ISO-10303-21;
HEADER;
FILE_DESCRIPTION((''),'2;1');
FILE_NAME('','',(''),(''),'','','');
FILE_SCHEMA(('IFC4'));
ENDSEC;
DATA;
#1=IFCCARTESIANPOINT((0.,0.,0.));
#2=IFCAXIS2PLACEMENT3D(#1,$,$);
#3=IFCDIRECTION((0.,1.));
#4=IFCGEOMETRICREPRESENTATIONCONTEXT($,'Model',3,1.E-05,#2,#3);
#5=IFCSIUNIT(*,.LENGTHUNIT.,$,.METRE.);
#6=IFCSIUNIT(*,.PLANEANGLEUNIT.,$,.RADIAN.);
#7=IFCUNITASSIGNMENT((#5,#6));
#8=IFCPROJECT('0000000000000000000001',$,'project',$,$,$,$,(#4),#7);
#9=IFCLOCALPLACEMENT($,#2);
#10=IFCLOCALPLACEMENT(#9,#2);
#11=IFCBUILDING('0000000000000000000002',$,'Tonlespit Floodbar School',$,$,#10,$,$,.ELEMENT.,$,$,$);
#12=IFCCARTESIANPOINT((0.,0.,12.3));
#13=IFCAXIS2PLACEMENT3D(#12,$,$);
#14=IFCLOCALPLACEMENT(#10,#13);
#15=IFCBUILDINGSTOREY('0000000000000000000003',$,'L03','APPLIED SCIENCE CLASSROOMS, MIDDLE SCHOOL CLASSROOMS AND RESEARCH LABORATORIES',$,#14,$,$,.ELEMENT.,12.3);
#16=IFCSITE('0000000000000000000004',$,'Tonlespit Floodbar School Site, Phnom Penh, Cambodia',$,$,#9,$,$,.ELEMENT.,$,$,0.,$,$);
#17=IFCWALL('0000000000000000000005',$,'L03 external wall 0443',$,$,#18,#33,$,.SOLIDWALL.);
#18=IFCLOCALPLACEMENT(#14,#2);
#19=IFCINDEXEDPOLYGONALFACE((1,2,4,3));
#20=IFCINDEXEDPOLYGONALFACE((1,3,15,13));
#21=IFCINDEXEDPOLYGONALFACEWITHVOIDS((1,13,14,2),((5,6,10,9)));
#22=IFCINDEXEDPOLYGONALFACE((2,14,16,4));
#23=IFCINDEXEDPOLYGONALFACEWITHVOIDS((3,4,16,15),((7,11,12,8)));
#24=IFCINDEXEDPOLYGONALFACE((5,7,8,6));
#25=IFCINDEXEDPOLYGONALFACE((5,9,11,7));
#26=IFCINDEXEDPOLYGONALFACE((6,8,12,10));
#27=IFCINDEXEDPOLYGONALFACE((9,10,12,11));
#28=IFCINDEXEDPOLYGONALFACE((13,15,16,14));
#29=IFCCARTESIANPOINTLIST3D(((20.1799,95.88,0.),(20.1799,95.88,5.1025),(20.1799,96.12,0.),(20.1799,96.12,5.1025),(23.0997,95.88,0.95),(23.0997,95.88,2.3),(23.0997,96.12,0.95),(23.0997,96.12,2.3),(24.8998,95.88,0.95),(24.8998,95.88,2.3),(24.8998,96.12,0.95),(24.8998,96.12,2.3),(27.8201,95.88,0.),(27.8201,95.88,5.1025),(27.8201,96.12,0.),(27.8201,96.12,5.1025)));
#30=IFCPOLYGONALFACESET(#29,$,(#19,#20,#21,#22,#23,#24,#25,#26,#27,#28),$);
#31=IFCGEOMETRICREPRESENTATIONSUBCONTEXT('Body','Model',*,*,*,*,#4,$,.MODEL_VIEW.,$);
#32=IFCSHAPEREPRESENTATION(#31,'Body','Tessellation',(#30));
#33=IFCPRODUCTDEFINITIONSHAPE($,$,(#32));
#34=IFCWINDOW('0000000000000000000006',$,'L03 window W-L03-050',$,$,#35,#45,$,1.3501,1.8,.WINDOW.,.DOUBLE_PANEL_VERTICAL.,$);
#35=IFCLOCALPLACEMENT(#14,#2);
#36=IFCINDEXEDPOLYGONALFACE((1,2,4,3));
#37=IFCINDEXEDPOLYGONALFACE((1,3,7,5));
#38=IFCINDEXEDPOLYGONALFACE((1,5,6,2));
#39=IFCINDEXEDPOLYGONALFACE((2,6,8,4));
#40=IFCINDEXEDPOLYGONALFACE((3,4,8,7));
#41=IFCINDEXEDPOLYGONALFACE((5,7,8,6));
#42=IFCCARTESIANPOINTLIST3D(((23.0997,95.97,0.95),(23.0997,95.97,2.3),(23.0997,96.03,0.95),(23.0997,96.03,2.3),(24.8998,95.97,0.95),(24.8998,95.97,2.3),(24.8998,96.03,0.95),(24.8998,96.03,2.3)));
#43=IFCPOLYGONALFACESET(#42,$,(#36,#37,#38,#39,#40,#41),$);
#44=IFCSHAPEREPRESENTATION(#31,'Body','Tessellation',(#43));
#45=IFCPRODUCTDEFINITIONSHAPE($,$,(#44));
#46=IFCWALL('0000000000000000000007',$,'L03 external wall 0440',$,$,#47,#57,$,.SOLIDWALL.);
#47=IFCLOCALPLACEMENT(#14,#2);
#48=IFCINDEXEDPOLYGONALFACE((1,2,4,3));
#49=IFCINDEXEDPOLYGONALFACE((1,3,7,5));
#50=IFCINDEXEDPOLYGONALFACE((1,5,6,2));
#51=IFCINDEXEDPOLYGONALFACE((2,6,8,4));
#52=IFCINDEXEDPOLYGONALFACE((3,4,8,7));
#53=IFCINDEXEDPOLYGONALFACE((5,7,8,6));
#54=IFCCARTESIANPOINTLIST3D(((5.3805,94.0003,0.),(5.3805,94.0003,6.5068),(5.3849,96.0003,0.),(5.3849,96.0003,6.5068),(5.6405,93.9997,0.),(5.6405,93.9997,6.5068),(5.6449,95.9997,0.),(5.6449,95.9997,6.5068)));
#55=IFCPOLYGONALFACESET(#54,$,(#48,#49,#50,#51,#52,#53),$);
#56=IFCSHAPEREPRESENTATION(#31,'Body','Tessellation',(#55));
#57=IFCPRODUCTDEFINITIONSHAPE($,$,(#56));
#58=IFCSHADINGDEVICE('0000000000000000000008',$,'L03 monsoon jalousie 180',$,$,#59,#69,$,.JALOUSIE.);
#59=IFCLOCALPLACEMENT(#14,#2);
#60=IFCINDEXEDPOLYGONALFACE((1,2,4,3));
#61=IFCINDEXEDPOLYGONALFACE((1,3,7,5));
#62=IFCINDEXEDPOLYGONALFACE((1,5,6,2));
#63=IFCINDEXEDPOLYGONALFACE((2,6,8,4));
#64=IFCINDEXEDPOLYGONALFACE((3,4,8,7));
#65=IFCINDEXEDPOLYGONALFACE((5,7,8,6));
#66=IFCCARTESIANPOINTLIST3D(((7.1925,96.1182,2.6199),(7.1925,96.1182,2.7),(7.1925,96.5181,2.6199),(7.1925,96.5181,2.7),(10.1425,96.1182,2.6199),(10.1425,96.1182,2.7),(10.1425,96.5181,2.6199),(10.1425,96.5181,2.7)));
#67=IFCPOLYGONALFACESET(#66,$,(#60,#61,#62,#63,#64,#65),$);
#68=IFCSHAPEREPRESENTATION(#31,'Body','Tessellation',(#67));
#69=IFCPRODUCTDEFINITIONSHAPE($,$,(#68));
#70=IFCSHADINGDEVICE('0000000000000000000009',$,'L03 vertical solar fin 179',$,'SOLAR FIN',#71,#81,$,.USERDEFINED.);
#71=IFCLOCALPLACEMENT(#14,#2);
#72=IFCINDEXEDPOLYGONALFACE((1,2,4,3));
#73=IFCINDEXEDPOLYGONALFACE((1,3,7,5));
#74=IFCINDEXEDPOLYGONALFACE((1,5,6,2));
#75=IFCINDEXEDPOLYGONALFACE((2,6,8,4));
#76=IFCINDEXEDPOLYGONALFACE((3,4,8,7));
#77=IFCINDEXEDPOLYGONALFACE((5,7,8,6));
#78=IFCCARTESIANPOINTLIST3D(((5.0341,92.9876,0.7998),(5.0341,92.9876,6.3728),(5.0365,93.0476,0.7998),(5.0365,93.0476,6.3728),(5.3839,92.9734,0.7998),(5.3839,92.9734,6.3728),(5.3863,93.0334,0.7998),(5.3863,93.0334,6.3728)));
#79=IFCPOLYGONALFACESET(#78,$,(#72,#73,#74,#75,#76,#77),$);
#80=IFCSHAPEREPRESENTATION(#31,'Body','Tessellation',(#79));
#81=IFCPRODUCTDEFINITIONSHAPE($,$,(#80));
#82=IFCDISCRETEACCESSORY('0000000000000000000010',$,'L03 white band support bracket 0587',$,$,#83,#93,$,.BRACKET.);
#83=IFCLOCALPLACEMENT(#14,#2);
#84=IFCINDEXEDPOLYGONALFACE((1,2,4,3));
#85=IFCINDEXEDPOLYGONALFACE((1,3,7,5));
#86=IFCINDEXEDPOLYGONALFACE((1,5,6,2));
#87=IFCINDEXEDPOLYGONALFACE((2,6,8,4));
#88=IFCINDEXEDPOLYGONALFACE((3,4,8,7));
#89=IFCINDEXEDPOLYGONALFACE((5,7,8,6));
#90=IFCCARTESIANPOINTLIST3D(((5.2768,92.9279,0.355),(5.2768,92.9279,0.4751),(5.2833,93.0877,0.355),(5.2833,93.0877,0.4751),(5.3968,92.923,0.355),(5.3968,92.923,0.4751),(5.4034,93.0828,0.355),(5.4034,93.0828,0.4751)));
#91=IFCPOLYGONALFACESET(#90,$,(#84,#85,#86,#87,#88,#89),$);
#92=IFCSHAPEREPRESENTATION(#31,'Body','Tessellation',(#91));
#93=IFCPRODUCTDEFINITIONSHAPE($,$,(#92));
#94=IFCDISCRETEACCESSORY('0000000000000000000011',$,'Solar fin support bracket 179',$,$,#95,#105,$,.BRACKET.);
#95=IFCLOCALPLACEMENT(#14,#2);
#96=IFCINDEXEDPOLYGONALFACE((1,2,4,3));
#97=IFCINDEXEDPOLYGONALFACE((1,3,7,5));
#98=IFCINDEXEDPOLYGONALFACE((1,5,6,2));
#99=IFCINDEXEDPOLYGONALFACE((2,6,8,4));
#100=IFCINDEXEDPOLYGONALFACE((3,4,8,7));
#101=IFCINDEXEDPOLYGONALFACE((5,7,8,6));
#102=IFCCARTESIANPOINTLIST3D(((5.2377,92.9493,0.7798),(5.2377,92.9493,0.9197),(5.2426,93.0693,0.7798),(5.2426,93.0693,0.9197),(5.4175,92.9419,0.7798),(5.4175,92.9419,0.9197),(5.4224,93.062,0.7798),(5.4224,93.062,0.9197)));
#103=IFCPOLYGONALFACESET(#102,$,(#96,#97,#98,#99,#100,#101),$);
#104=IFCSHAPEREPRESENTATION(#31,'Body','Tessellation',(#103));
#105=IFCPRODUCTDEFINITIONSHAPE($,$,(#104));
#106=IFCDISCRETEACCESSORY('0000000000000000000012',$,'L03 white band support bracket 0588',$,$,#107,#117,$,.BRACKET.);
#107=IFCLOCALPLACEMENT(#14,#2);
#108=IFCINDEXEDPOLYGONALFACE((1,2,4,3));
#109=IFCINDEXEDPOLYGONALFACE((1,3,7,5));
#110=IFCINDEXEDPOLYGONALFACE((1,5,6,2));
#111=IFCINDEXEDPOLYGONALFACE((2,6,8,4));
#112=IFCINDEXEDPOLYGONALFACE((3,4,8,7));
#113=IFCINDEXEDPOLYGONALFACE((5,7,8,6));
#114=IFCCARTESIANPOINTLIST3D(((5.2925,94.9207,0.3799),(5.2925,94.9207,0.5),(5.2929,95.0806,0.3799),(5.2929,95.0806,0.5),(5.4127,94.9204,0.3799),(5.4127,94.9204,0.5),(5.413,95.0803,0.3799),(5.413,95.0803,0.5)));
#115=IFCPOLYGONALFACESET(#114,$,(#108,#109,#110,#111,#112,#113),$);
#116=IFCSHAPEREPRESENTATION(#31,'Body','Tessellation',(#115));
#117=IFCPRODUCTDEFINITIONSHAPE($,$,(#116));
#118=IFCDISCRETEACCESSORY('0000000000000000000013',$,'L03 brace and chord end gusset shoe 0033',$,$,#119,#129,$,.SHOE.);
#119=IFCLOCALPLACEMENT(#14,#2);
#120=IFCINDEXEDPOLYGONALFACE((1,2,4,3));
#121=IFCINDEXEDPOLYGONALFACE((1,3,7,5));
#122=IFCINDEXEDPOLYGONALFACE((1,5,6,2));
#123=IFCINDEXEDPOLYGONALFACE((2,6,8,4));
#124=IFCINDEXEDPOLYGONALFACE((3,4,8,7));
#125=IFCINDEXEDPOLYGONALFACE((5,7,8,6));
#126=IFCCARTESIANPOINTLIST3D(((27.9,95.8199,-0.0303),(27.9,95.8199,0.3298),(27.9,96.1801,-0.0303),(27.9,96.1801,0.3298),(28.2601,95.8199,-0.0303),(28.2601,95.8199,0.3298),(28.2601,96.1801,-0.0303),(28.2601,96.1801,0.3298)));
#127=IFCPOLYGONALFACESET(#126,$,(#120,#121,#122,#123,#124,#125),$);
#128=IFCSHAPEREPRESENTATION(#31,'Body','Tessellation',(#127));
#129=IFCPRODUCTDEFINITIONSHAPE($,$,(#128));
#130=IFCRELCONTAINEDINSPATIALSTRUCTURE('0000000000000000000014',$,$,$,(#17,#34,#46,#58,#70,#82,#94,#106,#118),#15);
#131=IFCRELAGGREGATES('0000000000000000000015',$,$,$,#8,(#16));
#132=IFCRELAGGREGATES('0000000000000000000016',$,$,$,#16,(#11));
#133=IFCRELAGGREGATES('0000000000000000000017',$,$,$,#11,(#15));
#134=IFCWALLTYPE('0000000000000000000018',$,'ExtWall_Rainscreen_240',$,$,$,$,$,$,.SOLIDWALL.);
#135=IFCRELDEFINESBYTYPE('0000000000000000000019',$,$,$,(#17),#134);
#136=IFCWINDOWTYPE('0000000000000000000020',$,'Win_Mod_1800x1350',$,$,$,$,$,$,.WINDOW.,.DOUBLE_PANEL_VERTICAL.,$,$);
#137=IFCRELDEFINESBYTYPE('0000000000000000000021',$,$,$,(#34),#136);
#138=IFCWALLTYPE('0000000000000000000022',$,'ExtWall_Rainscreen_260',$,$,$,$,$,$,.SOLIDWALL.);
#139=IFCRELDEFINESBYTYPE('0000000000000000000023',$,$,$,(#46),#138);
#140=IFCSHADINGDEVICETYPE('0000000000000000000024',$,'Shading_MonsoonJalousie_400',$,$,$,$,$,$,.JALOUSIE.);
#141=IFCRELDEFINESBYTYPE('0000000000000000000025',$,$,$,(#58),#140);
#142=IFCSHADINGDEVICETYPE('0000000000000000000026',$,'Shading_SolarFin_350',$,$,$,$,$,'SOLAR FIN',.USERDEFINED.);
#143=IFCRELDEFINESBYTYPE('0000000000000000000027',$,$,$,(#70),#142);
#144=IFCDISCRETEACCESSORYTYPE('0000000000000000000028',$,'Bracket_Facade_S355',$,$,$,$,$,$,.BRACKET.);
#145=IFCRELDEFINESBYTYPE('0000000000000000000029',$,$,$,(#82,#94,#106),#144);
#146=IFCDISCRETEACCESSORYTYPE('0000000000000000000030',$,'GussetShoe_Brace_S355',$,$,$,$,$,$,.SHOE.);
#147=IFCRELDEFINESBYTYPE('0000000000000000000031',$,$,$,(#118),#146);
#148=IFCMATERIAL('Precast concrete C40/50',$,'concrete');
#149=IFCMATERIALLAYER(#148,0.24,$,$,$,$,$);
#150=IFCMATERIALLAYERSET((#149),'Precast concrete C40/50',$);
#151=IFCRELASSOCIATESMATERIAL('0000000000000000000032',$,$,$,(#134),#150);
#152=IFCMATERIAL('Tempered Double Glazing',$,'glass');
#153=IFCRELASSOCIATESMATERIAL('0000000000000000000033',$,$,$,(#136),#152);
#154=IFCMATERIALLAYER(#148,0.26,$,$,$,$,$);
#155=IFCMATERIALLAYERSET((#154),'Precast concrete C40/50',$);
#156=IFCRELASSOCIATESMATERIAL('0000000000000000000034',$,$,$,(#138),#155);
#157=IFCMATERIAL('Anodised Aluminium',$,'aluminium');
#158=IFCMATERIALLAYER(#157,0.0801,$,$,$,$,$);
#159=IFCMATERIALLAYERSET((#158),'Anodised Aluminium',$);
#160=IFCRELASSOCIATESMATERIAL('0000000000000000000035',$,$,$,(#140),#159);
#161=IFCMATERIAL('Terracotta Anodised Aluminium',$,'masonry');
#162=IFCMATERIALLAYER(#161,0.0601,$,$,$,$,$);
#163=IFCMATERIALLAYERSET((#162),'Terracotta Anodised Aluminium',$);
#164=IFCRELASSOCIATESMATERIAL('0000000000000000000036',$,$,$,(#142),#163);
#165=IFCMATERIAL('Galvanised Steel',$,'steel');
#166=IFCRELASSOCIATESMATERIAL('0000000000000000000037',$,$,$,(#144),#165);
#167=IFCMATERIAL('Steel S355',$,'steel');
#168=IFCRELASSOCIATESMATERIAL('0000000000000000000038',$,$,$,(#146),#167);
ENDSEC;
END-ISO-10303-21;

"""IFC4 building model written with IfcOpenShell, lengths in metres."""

from ifc_helpers import new_model, si_unit, direction, frame, frame_2d, origin, origin_2d, place, context, subcontext, project, spatial, rectangle, extrude, material, layer, layer_set, type_object, element, fill, save


model = new_model("IFC4")

# Units and contexts
model_context = context("Model", 3, precision=1e-05, world=origin(), true_north=direction((0.0, 1.0)))
body_context = subcontext(model_context, "Body", "Model", "MODEL_VIEW")
ifc_project = project(units=[si_unit("LENGTHUNIT", "METRE"), si_unit("PLANEANGLEUNIT", "RADIAN")], contexts=[model_context])

# Site, building, storey
site_placement = place(None, origin())
site = spatial("IfcSite", under=ifc_project, at=site_placement, Name="Tonlespit Floodbar School Site, Phnom Penh, Cambodia", CompositionType="ELEMENT", RefElevation=0.0)
building_placement = place(site_placement, origin())
building = spatial("IfcBuilding", under=site, at=building_placement, Name="Tonlespit Floodbar School", CompositionType="ELEMENT")
storey_placement = place(building_placement, frame((0.0, 0.0, 12.3)))
storey = spatial("IfcBuildingStorey", under=building, at=storey_placement, Name="L03", Description="APPLIED SCIENCE CLASSROOMS, MIDDLE SCHOOL CLASSROOMS AND RESEARCH LABORATORIES", CompositionType="ELEMENT", Elevation=12.3)

# Shared definitions
ifc_material_1 = material(Name="Steel S355", Category="steel")

# Shared definitions
ifc_material_2 = material(Name="Anodised Aluminium", Category="aluminium")

# Shared definitions
ifc_material_3 = material(Name="Terracotta Anodised Aluminium", Category="masonry")

# Wall, opening, window
ifc_material_4 = material(Name="Precast concrete C40/50", Category="concrete")
ifc_layer_1 = layer(ifc_material_4, 0.24)
ifc_layer_set_1 = layer_set([ifc_layer_1], Name="Precast concrete C40/50")
wall_type_1 = type_object("IfcWallType", Name="ExtWall_Rainscreen_240", PredefinedType="SOLIDWALL", material=ifc_layer_set_1)
ifc_material_5 = material(Name="Tempered Double Glazing", Category="glass")
wall_1_placement = place(storey_placement, frame((20.1799, 96.0, 0.0), z_axis=(0.0, 0.0, 1.0), x_axis=(1.0, 0.0, 0.0)))
wall_1 = element("IfcWall", 1, at=wall_1_placement, inside=storey, type_object=wall_type_1, Name="L03 external wall 0443", PredefinedType="SOLIDWALL", context=body_context, shape_type="SweptSolid", body=[
    extrude(rectangle(XDim=7.6401, YDim=0.24, at=frame_2d((3.8201, 0.0))), origin(), (0.0, 0.0, 1.0), 5.1025),
])
opening_1_placement = place(wall_1_placement, frame((2.9199, 0.0, 0.95)))
opening_1 = element("IfcOpeningElement", 2, at=opening_1_placement, cuts=wall_1, PredefinedType="OPENING", context=body_context, shape_type="SweptSolid", body=[
    extrude(rectangle(XDim=1.8, YDim=1.3501, at=frame_2d((0.8999, 0.675))), frame((0.0, 0.1299, 0.0), z_axis=(0.0, -1.0, 0.0), x_axis=(1.0, 0.0, 0.0)), (0.0, 0.0, 1.0), 0.26),
])
window_type_1 = type_object("IfcWindowType", Name="Win_Mod_1800x1350", PartitioningType="DOUBLE_PANEL_VERTICAL", PredefinedType="WINDOW", material=ifc_material_5)
window_1_placement = place(opening_1_placement, origin())
window_1 = element("IfcWindow", 3, at=window_1_placement, inside=storey, type_object=window_type_1, Name="L03 window W-L03-050", OverallHeight=1.3501, OverallWidth=1.8, PartitioningType="DOUBLE_PANEL_VERTICAL", PredefinedType="WINDOW", context=body_context, shape_type="SweptSolid", body=[
    extrude(rectangle(XDim=1.8, YDim=1.3501, at=frame_2d((0.8999, 0.675))), frame((0.0, 0.03, 0.0), z_axis=(0.0, -1.0, 0.0), x_axis=(1.0, 0.0, 0.0)), (0.0, 0.0, 1.0), 0.0601),
])
fill(opening_1, window_1)

# Wall
ifc_layer_2 = layer(ifc_material_4, 0.26)
ifc_layer_set_2 = layer_set([ifc_layer_2], Name="Precast concrete C40/50")
wall_type_2 = type_object("IfcWallType", Name="ExtWall_Rainscreen_260", PredefinedType="SOLIDWALL", material=ifc_layer_set_2)
wall_2_placement = place(storey_placement, frame((5.5105, 94.0, 0.0), z_axis=(0.0, 0.0, 1.0), x_axis=(0.002197, 0.999998, 0.0)))
element("IfcWall", 4, at=wall_2_placement, inside=storey, type_object=wall_type_2, Name="L03 external wall 0440", PredefinedType="SOLIDWALL", context=body_context, shape_type="SweptSolid", body=[
    extrude(rectangle(XDim=2.0, YDim=0.26, at=frame_2d((1.0, 0.0))), origin(), (0.0, 0.0, 1.0), 6.5068),
])

# Shading devices
ifc_layer_3 = layer(ifc_material_2, 0.0801)
ifc_layer_set_3 = layer_set([ifc_layer_3], Name="Anodised Aluminium")
shading_device_type_1 = type_object("IfcShadingDeviceType", Name="Shading_MonsoonJalousie_400", PredefinedType="JALOUSIE", material=ifc_layer_set_3)
shading_device_1_placement = place(storey_placement, frame((8.6675, 96.3181, 2.6199), z_axis=(0.0, 0.0, 1.0), x_axis=(1.0, 0.0, 0.0)))
element("IfcShadingDevice", 5, at=shading_device_1_placement, inside=storey, type_object=shading_device_type_1, Name="L03 monsoon jalousie 180", PredefinedType="JALOUSIE", context=body_context, shape_type="SweptSolid", body=[
    extrude(rectangle(XDim=2.95, YDim=0.3999, at=origin_2d()), origin(), (0.0, 0.0, 1.0), 0.0801),
])
ifc_layer_4 = layer(ifc_material_3, 0.0601)
ifc_layer_set_4 = layer_set([ifc_layer_4], Name="Terracotta Anodised Aluminium")
shading_device_type_2 = type_object("IfcShadingDeviceType", Name="Shading_SolarFin_350", ElementType="SOLAR FIN", PredefinedType="USERDEFINED", material=ifc_layer_set_4)
shading_device_2_placement = place(storey_placement, frame((5.2102, 93.0105, 0.7998), z_axis=(0.0, 0.0, 1.0), x_axis=(0.040716, 0.999171, 0.0)))
element("IfcShadingDevice", 6, at=shading_device_2_placement, inside=storey, type_object=shading_device_type_2, Name="L03 vertical solar fin 179", ObjectType="SOLAR FIN", PredefinedType="USERDEFINED", context=body_context, shape_type="SweptSolid", body=[
    extrude(rectangle(XDim=0.0601, YDim=0.3501, at=origin_2d()), origin(), (0.0, 0.0, 1.0), 5.573),
])

# Discrete accessories
ifc_material_6 = material(Name="Galvanised Steel", Category="steel")
discrete_accessory_type_1 = type_object("IfcDiscreteAccessoryType", Name="Bracket_Facade_S355", PredefinedType="BRACKET", material=ifc_material_6)
discrete_accessory_1_placement = place(storey_placement, frame((5.3401, 93.0054, 0.355), z_axis=(0.0, 0.0, 1.0), x_axis=(0.040716, 0.999171, 0.0)))
element("IfcDiscreteAccessory", 7, at=discrete_accessory_1_placement, inside=storey, type_object=discrete_accessory_type_1, Name="L03 white band support bracket 0587", PredefinedType="BRACKET", context=body_context, shape_type="SweptSolid", body=[
    extrude(rectangle(XDim=0.1599, YDim=0.1201, at=origin_2d()), origin(), (0.0, 0.0, 1.0), 0.1201),
])
discrete_accessory_2_placement = place(storey_placement, frame((5.3301, 93.0056, 0.7798), z_axis=(0.0, 0.0, 1.0), x_axis=(0.040716, 0.999171, 0.0)))
element("IfcDiscreteAccessory", 8, at=discrete_accessory_2_placement, inside=storey, type_object=discrete_accessory_type_1, Name="Solar fin support bracket 179", PredefinedType="BRACKET", context=body_context, shape_type="SweptSolid", body=[
    extrude(rectangle(XDim=0.1201, YDim=0.1799, at=origin_2d()), origin(), (0.0, 0.0, 1.0), 0.1399),
])
discrete_accessory_3_placement = place(storey_placement, frame((5.3528, 95.0005, 0.3799), z_axis=(0.0, 0.0, 1.0), x_axis=(0.002201, 0.999998, 0.0)))
element("IfcDiscreteAccessory", 9, at=discrete_accessory_3_placement, inside=storey, type_object=discrete_accessory_type_1, Name="L03 white band support bracket 0588", PredefinedType="BRACKET", context=body_context, shape_type="SweptSolid", body=[
    extrude(rectangle(XDim=0.1599, YDim=0.1201, at=origin_2d()), origin(), (0.0, 0.0, 1.0), 0.1201),
])
discrete_accessory_type_2 = type_object("IfcDiscreteAccessoryType", Name="GussetShoe_Brace_S355", PredefinedType="SHOE", material=ifc_material_1)
discrete_accessory_4_placement = place(storey_placement, frame((28.0801, 96.0, -0.0303), z_axis=(0.0, 0.0, 1.0), x_axis=(1.0, 0.0, 0.0)))
element("IfcDiscreteAccessory", 10, at=discrete_accessory_4_placement, inside=storey, type_object=discrete_accessory_type_2, Name="L03 brace and chord end gusset shoe 0033", PredefinedType="SHOE", context=body_context, shape_type="SweptSolid", body=[
    extrude(rectangle(XDim=0.3601, YDim=0.3601, at=origin_2d()), origin(), (0.0, 0.0, 1.0), 0.3601),
])

save(model, "model.ifc")
